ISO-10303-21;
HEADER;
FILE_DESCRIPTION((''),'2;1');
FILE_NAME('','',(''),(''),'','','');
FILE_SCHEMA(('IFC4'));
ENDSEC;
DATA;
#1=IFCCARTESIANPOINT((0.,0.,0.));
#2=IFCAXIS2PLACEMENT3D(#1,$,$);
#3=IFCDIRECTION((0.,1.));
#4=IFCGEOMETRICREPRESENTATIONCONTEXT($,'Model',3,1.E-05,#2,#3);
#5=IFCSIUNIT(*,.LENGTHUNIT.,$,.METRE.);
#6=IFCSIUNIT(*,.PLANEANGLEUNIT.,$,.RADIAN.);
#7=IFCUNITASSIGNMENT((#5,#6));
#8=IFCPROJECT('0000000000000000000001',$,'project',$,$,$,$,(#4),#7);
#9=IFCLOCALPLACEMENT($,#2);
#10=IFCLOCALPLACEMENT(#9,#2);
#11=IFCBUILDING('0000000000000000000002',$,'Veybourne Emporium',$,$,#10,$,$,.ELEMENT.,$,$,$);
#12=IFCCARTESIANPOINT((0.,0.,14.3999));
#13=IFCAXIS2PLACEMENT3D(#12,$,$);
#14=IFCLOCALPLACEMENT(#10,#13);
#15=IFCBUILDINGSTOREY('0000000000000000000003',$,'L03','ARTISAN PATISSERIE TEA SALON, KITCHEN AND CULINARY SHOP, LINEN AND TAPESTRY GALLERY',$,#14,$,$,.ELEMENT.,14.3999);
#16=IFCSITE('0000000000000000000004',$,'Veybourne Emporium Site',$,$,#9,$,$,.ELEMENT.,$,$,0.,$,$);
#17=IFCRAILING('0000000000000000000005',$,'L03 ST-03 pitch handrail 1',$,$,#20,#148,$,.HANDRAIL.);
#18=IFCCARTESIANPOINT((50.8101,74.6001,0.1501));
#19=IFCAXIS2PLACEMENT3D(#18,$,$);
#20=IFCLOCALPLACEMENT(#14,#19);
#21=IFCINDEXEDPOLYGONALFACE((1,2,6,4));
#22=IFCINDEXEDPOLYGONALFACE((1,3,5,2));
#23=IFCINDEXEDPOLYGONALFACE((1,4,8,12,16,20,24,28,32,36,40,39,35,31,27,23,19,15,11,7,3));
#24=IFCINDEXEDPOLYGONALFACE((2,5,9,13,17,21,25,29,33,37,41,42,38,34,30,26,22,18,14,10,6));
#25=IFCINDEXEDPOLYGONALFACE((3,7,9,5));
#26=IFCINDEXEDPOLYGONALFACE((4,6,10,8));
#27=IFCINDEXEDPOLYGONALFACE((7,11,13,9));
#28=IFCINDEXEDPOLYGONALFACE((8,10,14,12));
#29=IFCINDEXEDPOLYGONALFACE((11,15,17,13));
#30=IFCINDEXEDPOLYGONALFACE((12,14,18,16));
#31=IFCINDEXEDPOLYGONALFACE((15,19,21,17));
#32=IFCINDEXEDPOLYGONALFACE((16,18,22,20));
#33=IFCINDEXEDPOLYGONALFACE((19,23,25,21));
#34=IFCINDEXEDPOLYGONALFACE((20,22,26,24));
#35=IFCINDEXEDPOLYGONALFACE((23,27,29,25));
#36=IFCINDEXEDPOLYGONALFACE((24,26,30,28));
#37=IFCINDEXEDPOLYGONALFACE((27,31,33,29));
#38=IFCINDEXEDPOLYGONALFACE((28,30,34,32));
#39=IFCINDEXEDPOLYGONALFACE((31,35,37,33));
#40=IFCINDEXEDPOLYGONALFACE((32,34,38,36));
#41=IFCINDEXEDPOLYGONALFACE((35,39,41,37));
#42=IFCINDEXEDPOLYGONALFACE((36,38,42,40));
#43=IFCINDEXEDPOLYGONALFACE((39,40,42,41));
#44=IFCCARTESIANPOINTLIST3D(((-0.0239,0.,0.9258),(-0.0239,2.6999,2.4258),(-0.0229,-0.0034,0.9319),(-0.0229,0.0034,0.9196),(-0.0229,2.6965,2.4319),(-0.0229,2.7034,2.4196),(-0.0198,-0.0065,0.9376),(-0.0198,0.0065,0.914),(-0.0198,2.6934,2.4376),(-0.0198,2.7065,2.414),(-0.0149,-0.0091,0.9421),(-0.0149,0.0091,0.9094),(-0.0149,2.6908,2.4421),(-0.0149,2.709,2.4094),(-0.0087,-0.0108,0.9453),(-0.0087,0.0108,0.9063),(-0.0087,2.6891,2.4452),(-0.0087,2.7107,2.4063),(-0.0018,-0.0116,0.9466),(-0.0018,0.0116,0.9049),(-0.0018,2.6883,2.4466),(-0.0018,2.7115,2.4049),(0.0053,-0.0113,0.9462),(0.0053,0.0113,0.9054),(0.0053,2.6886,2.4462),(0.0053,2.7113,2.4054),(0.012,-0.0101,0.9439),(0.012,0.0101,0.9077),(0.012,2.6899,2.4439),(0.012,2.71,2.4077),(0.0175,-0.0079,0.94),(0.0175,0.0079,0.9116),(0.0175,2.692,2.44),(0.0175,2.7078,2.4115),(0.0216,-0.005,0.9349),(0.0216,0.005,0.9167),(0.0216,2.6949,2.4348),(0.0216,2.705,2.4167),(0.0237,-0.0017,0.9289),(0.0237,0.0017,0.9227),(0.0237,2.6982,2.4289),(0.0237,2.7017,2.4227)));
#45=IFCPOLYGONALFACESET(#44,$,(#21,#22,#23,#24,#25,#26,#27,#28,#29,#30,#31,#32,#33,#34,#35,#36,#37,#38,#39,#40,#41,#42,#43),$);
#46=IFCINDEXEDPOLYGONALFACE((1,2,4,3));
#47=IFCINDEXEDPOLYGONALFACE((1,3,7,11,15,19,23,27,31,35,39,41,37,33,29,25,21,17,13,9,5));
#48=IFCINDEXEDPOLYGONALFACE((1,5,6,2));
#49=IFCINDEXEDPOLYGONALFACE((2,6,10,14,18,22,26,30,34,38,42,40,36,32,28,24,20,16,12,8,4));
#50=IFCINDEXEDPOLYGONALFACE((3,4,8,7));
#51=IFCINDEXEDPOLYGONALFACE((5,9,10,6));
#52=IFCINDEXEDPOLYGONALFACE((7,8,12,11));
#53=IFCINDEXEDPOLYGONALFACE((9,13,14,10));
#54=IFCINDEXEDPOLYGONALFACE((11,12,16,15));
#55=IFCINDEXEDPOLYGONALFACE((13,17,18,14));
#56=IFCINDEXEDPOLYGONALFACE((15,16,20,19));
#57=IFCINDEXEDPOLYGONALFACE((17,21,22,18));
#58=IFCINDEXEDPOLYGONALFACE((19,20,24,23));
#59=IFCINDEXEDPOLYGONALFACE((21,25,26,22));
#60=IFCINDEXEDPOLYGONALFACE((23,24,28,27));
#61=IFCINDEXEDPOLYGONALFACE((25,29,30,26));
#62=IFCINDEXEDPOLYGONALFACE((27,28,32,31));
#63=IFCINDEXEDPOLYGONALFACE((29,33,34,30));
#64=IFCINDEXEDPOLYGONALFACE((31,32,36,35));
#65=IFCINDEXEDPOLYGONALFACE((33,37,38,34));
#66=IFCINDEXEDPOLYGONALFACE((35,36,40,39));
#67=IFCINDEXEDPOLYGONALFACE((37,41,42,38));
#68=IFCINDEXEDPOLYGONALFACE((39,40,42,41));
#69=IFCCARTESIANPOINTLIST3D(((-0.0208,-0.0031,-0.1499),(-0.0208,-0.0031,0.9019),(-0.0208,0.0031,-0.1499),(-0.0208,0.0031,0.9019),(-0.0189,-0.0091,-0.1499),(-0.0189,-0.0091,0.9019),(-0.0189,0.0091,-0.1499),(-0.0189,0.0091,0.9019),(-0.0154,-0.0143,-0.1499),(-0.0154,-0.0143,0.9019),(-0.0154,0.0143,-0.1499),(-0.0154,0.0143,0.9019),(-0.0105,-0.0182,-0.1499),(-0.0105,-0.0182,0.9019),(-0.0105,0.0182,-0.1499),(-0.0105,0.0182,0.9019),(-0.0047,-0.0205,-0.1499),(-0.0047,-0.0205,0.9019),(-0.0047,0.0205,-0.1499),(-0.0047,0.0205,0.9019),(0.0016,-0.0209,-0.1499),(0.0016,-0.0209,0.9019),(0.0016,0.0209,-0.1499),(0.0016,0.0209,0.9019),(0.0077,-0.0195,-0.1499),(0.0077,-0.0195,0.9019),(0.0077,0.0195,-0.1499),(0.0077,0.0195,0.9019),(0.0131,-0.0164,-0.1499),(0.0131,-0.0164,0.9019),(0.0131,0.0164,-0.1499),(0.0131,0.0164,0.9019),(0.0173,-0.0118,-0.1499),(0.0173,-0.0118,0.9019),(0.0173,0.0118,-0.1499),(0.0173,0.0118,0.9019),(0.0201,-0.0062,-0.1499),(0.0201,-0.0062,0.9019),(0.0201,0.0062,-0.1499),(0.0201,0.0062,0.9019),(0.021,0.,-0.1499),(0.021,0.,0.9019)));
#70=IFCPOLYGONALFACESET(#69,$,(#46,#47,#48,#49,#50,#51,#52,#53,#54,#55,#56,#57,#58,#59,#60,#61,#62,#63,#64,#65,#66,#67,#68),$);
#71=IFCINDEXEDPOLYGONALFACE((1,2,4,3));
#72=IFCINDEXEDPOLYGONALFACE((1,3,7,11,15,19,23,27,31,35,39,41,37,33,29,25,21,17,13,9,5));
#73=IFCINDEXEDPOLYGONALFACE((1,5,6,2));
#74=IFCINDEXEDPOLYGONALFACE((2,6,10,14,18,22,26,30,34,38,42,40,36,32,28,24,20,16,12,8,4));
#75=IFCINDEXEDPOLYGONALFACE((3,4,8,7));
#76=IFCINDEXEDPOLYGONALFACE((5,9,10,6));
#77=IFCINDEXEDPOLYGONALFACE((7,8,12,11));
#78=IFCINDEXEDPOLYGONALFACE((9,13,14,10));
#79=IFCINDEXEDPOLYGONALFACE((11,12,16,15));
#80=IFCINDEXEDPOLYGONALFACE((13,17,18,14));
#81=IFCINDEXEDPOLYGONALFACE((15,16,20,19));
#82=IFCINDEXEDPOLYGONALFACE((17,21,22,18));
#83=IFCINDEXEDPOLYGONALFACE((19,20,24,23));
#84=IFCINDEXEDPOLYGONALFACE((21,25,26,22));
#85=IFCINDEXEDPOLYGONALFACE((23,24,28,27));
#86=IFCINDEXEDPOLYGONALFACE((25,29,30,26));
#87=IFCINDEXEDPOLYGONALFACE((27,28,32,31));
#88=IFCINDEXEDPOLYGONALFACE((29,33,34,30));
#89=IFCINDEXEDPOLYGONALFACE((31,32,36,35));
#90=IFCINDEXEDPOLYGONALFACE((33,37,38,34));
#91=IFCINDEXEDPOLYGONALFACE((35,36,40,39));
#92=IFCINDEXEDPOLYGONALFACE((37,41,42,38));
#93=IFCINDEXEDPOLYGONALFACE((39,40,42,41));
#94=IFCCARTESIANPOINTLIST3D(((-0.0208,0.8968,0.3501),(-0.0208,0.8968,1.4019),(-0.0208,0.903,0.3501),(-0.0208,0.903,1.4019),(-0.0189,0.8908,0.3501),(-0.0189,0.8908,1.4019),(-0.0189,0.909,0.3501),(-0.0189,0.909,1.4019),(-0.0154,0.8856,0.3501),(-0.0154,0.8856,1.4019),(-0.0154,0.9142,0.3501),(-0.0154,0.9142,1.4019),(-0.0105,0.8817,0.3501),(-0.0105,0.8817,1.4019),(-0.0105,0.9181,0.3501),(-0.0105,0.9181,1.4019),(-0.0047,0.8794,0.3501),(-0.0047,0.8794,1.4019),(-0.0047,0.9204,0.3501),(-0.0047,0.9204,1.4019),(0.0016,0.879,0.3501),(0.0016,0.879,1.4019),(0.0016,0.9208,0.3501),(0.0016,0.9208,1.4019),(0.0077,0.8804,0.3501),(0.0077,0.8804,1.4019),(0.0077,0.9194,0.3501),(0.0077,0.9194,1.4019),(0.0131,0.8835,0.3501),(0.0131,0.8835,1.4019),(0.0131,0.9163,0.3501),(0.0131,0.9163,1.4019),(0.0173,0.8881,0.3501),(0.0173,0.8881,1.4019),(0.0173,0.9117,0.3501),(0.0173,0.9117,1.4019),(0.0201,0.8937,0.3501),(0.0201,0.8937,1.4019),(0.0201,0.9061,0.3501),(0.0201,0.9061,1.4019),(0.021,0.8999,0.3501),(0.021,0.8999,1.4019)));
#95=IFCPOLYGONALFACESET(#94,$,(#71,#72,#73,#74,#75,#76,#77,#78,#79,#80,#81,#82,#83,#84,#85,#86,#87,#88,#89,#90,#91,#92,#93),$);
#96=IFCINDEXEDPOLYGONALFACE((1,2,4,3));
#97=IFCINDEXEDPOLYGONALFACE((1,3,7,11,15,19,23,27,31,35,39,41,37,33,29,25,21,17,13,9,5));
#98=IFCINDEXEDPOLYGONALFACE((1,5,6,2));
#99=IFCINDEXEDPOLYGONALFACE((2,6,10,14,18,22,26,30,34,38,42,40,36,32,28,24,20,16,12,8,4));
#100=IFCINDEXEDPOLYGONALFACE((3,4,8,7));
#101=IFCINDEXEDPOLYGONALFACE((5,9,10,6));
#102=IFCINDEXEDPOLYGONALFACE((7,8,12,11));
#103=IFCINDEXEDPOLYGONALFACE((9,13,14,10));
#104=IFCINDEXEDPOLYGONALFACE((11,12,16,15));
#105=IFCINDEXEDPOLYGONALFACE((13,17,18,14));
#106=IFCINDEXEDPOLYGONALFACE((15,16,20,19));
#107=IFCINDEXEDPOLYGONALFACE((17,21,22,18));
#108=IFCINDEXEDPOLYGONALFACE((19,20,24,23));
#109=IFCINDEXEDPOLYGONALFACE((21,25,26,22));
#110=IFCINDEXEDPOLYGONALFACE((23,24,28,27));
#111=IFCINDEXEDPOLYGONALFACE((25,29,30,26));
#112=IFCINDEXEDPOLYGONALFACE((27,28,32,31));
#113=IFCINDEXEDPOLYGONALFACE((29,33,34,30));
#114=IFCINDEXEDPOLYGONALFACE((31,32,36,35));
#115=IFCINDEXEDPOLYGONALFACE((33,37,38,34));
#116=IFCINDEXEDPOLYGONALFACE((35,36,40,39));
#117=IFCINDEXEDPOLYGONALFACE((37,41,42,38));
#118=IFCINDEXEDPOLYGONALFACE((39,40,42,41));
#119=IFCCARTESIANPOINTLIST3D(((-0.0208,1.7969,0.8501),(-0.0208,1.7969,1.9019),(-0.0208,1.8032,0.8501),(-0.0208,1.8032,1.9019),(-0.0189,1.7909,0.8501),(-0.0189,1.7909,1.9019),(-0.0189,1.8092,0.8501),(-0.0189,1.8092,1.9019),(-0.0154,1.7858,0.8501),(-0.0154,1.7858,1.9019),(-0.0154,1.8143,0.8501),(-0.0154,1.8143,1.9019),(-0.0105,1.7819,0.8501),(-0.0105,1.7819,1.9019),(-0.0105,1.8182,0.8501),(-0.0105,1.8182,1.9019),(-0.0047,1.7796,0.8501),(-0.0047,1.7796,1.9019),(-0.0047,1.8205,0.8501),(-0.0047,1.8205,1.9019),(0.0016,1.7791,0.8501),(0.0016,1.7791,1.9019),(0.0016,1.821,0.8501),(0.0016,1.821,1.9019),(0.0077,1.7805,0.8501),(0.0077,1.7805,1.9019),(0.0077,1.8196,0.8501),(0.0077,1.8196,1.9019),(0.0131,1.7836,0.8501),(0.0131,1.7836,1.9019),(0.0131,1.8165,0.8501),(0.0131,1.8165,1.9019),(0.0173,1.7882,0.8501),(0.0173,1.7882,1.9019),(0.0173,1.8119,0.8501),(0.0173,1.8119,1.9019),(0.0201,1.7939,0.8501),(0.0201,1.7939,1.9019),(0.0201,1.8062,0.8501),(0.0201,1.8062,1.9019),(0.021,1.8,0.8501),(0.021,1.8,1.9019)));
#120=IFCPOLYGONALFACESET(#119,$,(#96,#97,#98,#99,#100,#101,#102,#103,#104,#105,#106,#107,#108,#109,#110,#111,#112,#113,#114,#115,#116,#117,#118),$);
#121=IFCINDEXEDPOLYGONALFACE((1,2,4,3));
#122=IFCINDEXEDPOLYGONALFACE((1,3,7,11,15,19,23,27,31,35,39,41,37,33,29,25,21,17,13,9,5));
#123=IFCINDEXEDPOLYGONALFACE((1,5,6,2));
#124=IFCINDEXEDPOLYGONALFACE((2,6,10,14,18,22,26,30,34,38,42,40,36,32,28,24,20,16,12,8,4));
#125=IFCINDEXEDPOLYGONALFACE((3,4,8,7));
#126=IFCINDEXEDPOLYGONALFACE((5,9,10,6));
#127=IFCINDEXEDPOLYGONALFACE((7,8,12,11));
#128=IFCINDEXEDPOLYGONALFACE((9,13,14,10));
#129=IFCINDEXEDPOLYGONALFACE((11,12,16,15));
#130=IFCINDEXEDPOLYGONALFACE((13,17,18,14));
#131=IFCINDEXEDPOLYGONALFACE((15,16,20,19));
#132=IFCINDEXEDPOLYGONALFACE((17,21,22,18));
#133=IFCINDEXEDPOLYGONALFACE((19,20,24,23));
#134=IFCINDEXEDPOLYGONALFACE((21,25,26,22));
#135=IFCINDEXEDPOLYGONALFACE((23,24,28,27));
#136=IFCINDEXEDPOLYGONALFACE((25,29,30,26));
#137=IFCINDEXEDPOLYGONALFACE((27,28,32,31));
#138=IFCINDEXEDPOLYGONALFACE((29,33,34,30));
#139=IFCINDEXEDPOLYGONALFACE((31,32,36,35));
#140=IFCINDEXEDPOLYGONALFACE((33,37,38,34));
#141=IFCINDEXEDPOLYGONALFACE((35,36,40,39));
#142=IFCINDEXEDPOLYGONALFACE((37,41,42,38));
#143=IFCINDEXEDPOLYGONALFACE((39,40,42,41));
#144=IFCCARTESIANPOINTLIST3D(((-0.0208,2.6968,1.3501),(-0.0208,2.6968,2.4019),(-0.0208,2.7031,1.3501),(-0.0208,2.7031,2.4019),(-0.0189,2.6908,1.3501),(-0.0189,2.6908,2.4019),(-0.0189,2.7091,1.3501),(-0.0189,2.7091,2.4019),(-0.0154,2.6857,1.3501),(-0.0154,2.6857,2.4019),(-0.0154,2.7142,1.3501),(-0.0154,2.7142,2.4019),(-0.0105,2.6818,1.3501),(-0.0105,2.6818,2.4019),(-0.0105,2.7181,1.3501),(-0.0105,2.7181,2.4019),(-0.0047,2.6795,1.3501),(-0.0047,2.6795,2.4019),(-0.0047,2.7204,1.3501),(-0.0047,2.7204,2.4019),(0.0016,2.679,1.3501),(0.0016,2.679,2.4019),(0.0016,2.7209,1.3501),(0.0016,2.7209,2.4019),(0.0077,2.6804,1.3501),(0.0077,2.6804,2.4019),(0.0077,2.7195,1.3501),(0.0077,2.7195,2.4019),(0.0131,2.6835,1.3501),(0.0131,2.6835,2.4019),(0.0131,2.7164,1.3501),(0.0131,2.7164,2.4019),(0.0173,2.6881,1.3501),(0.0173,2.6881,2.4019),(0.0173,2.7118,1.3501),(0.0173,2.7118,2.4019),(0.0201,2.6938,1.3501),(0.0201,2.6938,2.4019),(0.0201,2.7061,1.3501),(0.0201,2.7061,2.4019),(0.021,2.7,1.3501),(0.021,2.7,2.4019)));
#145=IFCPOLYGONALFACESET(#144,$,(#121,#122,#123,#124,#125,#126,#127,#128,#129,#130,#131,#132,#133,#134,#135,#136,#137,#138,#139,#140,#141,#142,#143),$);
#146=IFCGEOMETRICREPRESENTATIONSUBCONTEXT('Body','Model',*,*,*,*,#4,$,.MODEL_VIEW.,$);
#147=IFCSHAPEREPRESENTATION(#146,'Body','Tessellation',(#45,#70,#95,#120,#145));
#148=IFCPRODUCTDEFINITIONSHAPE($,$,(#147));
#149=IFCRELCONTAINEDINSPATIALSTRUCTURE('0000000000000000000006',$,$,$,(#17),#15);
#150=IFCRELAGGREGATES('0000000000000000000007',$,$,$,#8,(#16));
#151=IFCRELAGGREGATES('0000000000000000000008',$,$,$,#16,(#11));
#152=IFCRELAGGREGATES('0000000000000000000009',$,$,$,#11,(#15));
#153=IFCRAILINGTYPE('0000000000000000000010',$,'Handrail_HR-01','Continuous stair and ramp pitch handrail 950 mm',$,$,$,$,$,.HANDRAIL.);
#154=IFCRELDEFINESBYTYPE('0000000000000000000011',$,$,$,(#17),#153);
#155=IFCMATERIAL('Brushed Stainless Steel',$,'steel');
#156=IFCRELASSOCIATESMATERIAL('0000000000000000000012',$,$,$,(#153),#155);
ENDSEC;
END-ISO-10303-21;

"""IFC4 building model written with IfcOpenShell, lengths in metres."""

from ifc_helpers import new_model, si_unit, direction, frame, origin, origin_2d, place, context, subcontext, project, spatial, circle, extrude, material, type_object, element, save


model = new_model("IFC4")

# Units and contexts
model_context = context("Model", 3, precision=1e-05, world=origin(), true_north=direction((0.0, 1.0)))
body_context = subcontext(model_context, "Body", "Model", "MODEL_VIEW")
ifc_project = project(units=[si_unit("LENGTHUNIT", "METRE"), si_unit("PLANEANGLEUNIT", "RADIAN")], contexts=[model_context])

# Site, building, storey
site_placement = place(None, origin())
site = spatial("IfcSite", under=ifc_project, at=site_placement, Name="Veybourne Emporium Site", CompositionType="ELEMENT", RefElevation=0.0)
building_placement = place(site_placement, origin())
building = spatial("IfcBuilding", under=site, at=building_placement, Name="Veybourne Emporium", CompositionType="ELEMENT")
storey_placement = place(building_placement, frame((0.0, 0.0, 14.3999)))
storey = spatial("IfcBuildingStorey", under=building, at=storey_placement, Name="L03", Description="ARTISAN PATISSERIE TEA SALON, KITCHEN AND CULINARY SHOP, LINEN AND TAPESTRY GALLERY", CompositionType="ELEMENT", Elevation=14.3999)

# Railing
ifc_material_1 = material(Name="Brushed Stainless Steel", Category="steel")
railing_type_1 = type_object("IfcRailingType", Name="Handrail_HR-01", Description="Continuous stair and ramp pitch handrail 950 mm", PredefinedType="HANDRAIL", material=ifc_material_1)
railing_1_placement = place(storey_placement, frame((50.8101, 74.6001, 0.1501)))
element("IfcRailing", 1, at=railing_1_placement, inside=storey, type_object=railing_type_1, Name="L03 ST-03 pitch handrail 1", PredefinedType="HANDRAIL", context=body_context, shape_type="SweptSolid", body=[
    extrude(circle(Radius=0.0239, at=origin_2d()), frame((0.0, 0.0, 0.9258), z_axis=(0.0, 0.874154, 0.48565), x_axis=(-1.0, 0.0, 0.0)), (0.0, 0.0, 1.0), 3.0886),
    extrude(circle(Radius=0.021, at=origin_2d()), frame((0.0, 0.0, -0.1499)), (0.0, 0.0, 1.0), 1.0518),
    extrude(circle(Radius=0.021, at=origin_2d()), frame((0.0, 0.8999, 0.3501)), (0.0, 0.0, 1.0), 1.0518),
    extrude(circle(Radius=0.021, at=origin_2d()), frame((0.0, 1.8, 0.8501)), (0.0, 0.0, 1.0), 1.0518),
    extrude(circle(Radius=0.021, at=origin_2d()), frame((0.0, 2.7, 1.3501)), (0.0, 0.0, 1.0), 1.0518),
])

save(model, "model.ifc")
